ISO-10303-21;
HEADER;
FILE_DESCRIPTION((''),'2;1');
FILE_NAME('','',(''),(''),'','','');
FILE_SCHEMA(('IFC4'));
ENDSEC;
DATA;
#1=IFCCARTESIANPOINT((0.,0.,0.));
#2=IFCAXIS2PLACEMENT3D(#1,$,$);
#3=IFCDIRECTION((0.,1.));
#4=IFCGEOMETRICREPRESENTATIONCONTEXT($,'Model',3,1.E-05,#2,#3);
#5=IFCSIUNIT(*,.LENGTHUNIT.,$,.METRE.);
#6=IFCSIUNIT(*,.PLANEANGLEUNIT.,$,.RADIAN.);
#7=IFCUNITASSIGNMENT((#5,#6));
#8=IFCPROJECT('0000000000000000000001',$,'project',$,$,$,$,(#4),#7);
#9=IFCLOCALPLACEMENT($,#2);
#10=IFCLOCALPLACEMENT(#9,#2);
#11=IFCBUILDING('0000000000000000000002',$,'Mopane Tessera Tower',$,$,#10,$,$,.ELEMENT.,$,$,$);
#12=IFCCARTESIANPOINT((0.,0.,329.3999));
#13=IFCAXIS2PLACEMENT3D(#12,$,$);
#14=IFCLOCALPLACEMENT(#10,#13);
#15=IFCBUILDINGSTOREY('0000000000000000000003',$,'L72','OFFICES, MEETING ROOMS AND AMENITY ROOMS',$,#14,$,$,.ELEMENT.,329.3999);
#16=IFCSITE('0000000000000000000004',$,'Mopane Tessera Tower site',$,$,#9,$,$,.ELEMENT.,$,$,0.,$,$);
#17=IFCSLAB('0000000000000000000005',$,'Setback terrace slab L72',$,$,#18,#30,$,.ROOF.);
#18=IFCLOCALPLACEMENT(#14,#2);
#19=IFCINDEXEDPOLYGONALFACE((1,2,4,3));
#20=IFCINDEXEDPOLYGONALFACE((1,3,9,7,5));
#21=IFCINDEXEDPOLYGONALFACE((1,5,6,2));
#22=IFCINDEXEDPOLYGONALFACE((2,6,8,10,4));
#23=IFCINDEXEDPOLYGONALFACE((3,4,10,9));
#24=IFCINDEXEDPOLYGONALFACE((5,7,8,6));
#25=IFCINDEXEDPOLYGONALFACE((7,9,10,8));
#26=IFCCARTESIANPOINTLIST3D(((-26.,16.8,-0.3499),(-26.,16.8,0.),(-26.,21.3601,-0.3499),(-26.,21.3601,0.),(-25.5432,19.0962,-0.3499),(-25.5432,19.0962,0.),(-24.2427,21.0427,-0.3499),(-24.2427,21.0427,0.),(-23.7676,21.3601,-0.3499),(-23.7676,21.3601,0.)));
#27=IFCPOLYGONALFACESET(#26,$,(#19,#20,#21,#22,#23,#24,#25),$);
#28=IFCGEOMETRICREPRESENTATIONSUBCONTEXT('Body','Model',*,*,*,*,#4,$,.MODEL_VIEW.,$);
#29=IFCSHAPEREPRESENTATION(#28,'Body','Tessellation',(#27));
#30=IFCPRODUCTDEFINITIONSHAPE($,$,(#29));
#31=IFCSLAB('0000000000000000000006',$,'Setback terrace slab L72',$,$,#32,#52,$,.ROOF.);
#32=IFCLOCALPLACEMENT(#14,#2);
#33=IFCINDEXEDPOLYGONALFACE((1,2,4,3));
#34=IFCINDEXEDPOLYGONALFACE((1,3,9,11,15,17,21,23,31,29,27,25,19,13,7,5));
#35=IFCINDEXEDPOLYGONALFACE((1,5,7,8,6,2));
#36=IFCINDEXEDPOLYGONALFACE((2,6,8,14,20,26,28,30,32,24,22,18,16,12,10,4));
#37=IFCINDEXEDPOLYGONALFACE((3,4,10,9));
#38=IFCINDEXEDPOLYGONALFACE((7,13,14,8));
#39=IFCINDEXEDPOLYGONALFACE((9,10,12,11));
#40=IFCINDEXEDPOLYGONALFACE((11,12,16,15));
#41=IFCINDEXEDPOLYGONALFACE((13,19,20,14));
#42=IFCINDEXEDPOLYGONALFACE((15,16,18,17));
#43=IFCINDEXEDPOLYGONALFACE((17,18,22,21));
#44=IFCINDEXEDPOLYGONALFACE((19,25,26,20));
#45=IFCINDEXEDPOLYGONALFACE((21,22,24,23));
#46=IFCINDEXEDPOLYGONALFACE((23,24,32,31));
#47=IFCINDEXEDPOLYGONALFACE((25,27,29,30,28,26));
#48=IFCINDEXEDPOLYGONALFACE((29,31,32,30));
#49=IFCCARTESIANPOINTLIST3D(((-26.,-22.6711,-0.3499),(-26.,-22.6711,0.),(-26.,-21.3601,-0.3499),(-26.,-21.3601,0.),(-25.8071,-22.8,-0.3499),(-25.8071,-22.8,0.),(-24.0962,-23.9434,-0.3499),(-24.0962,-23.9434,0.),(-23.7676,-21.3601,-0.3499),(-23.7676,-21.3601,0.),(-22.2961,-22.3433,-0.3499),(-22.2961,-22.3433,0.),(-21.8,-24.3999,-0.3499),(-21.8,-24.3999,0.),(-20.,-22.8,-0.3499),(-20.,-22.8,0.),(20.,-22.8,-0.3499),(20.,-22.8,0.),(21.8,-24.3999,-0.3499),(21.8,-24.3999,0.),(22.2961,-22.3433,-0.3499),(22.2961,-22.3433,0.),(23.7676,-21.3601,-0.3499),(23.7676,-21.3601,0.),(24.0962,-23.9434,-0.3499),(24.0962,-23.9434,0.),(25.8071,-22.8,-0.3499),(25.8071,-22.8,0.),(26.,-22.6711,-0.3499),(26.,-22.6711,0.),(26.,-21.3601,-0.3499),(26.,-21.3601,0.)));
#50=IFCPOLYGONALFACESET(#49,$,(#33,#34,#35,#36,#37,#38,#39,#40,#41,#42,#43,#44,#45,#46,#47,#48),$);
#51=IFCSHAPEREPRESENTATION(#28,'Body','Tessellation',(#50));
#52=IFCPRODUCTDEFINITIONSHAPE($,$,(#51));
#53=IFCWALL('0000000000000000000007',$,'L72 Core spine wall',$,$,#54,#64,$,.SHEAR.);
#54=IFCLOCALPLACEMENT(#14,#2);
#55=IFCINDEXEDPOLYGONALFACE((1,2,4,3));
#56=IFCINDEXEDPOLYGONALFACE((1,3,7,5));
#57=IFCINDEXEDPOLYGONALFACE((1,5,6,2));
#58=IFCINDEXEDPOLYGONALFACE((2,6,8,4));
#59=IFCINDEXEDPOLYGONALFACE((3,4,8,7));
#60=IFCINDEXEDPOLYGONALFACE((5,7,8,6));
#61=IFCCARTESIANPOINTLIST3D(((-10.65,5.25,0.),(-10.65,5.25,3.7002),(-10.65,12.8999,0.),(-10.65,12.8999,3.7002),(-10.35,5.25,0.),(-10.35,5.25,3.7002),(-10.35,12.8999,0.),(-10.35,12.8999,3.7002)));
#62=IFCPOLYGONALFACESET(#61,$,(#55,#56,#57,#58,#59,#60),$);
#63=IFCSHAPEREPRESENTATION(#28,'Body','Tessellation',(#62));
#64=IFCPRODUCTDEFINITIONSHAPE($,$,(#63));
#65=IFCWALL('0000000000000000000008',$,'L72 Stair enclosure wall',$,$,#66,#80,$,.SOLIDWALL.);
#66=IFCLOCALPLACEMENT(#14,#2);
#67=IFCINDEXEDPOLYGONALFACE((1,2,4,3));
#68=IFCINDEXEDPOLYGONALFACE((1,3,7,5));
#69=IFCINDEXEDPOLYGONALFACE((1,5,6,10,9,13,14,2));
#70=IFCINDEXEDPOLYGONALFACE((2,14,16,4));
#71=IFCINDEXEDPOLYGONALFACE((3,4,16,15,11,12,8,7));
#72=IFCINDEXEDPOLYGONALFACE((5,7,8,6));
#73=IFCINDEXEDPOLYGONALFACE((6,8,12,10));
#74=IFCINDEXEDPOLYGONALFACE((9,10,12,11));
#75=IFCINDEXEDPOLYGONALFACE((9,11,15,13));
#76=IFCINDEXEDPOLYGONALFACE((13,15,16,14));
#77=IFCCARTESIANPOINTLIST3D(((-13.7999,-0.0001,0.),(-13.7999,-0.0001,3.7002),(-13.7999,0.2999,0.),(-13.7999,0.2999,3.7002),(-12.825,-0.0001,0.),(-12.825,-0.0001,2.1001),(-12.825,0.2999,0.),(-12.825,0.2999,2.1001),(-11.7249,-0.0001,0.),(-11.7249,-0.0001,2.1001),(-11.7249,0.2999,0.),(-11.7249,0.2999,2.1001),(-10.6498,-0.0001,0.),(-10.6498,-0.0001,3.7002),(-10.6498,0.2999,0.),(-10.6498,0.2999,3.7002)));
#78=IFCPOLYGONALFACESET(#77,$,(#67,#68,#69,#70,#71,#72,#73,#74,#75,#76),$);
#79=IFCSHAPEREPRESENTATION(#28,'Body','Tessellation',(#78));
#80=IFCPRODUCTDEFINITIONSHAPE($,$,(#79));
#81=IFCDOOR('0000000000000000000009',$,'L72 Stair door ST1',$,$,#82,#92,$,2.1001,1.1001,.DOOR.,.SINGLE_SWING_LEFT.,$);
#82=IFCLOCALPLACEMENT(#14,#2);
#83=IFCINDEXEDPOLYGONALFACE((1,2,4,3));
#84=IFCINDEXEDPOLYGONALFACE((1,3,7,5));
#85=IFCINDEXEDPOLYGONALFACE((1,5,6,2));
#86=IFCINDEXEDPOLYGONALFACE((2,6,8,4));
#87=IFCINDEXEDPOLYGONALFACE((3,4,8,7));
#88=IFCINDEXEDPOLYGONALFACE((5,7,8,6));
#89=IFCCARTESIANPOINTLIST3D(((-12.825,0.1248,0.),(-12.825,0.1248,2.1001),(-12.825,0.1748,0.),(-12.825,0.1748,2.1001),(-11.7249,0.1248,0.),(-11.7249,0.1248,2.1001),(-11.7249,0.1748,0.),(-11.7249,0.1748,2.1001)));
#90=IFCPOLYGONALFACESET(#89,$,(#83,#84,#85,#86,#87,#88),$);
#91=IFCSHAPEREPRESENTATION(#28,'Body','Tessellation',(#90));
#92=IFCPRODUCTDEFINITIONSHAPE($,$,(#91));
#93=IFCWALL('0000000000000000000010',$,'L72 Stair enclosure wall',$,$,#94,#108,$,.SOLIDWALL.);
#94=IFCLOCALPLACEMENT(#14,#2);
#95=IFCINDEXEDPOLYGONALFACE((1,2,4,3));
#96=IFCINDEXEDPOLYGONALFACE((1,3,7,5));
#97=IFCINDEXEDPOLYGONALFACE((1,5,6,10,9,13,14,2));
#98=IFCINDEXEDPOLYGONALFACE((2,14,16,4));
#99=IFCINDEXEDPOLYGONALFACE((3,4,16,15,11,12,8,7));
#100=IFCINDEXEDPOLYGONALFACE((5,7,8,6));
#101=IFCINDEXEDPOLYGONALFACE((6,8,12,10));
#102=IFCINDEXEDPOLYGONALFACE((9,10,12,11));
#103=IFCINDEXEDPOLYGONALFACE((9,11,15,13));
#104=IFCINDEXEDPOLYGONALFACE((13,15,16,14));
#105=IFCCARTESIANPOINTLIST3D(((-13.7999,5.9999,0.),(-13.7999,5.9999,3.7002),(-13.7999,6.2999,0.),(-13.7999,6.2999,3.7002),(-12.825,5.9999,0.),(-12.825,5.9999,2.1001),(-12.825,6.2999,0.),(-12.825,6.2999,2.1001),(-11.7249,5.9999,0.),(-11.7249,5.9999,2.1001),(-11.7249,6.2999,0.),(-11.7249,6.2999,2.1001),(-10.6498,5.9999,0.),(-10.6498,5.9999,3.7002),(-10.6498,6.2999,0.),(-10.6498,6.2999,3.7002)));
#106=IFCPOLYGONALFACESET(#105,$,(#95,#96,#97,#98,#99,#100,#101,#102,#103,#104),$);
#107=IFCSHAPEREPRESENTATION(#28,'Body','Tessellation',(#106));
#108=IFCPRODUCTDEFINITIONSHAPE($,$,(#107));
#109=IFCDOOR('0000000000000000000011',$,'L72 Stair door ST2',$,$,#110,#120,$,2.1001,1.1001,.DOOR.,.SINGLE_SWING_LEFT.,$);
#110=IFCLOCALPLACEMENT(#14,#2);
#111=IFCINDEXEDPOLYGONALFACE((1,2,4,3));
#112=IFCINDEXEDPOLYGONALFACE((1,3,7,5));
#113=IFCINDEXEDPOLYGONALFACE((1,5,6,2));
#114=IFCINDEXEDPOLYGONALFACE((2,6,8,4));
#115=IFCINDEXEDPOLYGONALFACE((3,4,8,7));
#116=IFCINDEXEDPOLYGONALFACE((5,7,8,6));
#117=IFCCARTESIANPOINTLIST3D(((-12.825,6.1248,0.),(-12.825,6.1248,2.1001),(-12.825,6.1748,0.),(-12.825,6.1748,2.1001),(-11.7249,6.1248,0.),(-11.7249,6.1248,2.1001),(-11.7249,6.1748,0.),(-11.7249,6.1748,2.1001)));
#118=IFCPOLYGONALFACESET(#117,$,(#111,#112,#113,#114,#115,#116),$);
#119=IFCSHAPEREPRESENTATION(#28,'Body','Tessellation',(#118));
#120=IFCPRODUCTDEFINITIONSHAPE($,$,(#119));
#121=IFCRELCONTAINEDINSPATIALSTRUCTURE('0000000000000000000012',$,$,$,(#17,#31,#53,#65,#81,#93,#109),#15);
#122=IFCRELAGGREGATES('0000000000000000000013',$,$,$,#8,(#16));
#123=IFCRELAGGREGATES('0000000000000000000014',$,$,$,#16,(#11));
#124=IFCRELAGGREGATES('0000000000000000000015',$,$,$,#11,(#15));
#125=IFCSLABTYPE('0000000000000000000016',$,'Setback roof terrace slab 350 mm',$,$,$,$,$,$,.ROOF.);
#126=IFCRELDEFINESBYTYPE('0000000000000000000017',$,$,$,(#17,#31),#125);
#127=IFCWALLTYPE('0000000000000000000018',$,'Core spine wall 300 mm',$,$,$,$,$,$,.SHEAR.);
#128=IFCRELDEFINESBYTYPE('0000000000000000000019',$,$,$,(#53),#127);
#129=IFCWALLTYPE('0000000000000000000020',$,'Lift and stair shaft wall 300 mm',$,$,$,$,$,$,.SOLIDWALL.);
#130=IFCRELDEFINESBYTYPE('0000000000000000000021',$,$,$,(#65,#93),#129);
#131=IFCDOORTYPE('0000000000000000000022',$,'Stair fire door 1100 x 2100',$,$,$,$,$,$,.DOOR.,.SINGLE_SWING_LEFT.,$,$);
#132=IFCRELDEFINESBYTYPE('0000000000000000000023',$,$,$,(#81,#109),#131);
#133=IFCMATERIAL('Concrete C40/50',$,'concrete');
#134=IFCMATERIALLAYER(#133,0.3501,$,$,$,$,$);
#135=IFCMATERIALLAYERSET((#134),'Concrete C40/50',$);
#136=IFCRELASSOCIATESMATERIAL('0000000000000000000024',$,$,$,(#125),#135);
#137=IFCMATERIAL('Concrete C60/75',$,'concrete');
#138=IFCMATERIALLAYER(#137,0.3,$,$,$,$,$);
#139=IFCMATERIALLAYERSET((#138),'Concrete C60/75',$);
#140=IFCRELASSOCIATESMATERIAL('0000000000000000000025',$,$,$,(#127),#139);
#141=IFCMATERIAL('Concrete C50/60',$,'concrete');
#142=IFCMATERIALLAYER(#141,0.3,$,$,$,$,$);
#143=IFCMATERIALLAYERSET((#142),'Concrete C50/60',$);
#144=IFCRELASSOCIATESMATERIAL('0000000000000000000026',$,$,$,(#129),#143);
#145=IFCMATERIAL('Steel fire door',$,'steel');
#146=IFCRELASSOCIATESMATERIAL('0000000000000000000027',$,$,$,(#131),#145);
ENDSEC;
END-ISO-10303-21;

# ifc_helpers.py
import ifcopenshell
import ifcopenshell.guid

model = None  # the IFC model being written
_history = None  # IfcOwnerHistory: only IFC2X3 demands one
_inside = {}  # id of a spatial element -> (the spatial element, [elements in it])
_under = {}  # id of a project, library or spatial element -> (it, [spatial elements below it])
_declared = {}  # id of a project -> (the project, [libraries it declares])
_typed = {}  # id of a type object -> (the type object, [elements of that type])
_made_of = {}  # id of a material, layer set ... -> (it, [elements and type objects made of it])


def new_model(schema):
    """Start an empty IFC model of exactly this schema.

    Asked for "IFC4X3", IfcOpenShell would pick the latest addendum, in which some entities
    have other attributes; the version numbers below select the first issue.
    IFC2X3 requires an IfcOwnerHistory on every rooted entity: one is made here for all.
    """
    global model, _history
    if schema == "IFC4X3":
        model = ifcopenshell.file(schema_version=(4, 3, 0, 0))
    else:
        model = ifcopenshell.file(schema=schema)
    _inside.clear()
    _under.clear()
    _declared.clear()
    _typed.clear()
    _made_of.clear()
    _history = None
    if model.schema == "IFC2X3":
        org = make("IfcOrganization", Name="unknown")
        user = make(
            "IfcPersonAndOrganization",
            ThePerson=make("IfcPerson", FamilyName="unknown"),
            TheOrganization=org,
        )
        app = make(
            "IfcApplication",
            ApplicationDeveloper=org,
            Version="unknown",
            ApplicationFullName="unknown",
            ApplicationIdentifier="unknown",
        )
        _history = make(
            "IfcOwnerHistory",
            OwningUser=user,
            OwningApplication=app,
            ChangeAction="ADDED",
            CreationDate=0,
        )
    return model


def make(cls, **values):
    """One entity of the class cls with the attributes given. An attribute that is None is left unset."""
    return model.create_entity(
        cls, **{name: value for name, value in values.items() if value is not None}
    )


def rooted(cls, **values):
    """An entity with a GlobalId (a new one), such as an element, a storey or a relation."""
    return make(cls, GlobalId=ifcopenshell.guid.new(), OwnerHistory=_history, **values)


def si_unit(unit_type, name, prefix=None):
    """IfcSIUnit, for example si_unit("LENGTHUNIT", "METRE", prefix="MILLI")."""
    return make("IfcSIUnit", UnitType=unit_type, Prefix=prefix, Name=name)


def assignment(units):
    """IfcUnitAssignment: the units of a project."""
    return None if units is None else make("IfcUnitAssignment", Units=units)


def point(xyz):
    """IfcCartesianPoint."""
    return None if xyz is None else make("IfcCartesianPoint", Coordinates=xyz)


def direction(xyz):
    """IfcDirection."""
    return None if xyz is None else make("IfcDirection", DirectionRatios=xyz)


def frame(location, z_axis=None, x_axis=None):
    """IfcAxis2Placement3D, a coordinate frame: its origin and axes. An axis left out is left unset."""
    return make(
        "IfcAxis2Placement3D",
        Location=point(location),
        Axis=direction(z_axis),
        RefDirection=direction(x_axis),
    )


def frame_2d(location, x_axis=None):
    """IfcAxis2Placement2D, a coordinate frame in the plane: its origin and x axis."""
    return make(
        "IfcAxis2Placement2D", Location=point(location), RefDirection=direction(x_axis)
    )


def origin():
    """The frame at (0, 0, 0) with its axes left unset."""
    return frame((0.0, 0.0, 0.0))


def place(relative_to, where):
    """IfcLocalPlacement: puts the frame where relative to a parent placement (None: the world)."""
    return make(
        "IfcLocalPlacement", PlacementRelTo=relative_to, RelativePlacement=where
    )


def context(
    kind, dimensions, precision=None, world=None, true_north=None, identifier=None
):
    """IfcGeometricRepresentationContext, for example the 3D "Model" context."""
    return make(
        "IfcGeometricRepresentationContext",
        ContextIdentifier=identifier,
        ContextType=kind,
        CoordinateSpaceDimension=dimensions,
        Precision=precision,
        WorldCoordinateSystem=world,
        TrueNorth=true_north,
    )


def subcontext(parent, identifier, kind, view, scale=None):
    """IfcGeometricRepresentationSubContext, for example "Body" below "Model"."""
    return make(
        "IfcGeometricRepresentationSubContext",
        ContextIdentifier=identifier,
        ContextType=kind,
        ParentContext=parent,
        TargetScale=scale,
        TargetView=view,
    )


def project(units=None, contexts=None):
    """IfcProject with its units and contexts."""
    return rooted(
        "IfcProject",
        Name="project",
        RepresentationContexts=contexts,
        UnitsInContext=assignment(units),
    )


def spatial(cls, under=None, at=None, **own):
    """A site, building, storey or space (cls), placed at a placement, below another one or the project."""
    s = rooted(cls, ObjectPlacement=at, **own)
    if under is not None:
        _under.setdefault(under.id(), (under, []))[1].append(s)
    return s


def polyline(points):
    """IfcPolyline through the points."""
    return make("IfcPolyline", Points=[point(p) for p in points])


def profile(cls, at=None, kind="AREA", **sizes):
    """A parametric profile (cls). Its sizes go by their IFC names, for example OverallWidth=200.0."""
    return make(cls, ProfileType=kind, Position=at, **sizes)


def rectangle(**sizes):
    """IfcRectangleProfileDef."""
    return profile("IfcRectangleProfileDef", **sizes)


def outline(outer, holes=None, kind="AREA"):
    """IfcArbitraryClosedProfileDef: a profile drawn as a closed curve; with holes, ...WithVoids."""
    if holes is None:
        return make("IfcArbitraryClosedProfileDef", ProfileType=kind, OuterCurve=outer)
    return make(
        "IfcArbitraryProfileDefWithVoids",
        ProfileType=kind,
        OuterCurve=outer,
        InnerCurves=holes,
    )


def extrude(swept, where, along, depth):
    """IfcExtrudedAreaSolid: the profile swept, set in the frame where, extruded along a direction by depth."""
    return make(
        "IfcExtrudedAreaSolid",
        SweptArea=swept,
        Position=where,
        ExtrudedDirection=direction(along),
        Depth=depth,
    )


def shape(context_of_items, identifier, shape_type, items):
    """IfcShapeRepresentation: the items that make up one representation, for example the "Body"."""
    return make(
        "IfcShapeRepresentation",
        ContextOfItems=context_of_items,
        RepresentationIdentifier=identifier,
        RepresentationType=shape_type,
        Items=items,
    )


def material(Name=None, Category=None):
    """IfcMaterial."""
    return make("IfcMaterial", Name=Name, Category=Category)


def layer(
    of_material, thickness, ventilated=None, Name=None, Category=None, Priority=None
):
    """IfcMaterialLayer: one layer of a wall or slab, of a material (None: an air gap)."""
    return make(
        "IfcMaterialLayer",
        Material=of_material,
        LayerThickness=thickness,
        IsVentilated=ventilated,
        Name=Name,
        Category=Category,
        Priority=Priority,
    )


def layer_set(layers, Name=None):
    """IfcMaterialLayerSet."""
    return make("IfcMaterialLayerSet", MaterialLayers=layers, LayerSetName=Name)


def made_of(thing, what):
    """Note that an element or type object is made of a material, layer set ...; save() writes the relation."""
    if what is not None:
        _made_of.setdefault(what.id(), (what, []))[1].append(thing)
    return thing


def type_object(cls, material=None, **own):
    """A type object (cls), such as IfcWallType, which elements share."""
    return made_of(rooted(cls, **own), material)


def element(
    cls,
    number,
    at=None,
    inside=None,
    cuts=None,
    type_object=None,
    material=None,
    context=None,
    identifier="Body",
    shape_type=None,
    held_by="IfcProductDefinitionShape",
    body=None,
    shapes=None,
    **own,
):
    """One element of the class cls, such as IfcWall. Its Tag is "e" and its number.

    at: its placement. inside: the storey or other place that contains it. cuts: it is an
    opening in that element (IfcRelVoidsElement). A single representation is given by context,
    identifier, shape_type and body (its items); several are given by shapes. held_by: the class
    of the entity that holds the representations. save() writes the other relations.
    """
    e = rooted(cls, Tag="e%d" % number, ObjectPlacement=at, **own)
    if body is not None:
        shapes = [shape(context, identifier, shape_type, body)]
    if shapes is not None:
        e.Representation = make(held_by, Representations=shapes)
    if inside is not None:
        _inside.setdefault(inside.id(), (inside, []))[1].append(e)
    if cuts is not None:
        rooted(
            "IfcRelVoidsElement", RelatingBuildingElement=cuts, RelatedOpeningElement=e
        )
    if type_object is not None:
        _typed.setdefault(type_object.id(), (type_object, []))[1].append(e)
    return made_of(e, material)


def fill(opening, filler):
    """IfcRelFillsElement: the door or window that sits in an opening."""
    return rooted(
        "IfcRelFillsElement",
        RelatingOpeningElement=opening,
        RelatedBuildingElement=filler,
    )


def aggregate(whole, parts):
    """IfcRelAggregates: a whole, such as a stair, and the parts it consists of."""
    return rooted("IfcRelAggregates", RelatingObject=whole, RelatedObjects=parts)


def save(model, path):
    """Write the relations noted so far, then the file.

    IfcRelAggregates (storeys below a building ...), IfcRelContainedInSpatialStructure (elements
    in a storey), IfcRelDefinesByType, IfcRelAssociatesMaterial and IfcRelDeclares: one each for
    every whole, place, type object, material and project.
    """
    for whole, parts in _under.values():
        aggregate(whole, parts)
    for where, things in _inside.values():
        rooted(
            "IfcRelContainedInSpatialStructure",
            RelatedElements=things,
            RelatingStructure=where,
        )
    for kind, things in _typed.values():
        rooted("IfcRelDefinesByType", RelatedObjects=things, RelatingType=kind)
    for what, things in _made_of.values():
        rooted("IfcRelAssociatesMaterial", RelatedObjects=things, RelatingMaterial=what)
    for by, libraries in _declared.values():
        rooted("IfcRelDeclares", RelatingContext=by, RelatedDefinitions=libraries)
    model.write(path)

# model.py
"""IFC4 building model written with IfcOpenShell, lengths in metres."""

from ifc_helpers import new_model, si_unit, direction, frame, frame_2d, origin, place, context, subcontext, project, spatial, polyline, rectangle, outline, extrude, material, layer, layer_set, type_object, element, fill, save


model = new_model("IFC4")

# Units and contexts
model_context = context("Model", 3, precision=1e-05, world=origin(), true_north=direction((0.0, 1.0)))
body_context = subcontext(model_context, "Body", "Model", "MODEL_VIEW")
ifc_project = project(units=[si_unit("LENGTHUNIT", "METRE"), si_unit("PLANEANGLEUNIT", "RADIAN")], contexts=[model_context])

# Site, building, storey
site_placement = place(None, origin())
site = spatial("IfcSite", under=ifc_project, at=site_placement, Name="Mopane Tessera Tower site", CompositionType="ELEMENT", RefElevation=0.0)
building_placement = place(site_placement, origin())
building = spatial("IfcBuilding", under=site, at=building_placement, Name="Mopane Tessera Tower", CompositionType="ELEMENT")
storey_placement = place(building_placement, frame((0.0, 0.0, 329.3999)))
storey = spatial("IfcBuildingStorey", under=building, at=storey_placement, Name="L72", Description="OFFICES, MEETING ROOMS AND AMENITY ROOMS", CompositionType="ELEMENT", Elevation=329.3999)

# Slabs
ifc_material_1 = material(Name="Concrete C40/50", Category="concrete")
ifc_layer_1 = layer(ifc_material_1, 0.3501)
ifc_layer_set_1 = layer_set([ifc_layer_1], Name="Concrete C40/50")
slab_type = type_object("IfcSlabType", Name="Setback roof terrace slab 350 mm", PredefinedType="ROOF", material=ifc_layer_set_1)
slab_1_placement = place(storey_placement, frame((0.0, 0.0, -0.3499)))
element("IfcSlab", 1, at=slab_1_placement, inside=storey, type_object=slab_type, Name="Setback terrace slab L72", PredefinedType="ROOF", context=body_context, shape_type="SweptSolid", body=[
    extrude(outline(polyline([(-23.7676, 21.3601), (-26.0, 21.3601), (-26.0, 16.8), (-25.5432, 19.0962), (-24.2427, 21.0427), (-23.7676, 21.3601)])), origin(), (0.0, 0.0, 1.0), 0.3499),
])
slab_2_placement = place(storey_placement, frame((0.0, 0.0, -0.3499)))
element("IfcSlab", 2, at=slab_2_placement, inside=storey, type_object=slab_type, Name="Setback terrace slab L72", PredefinedType="ROOF", context=body_context, shape_type="SweptSolid", body=[
    extrude(outline(polyline([(-20.0, -22.8), (-22.2961, -22.3433), (-23.7676, -21.3601), (-26.0, -21.3601), (-26.0, -22.6711), (-25.8071, -22.8), (-24.0962, -23.9434), (-21.8, -24.3999), (21.8, -24.3999), (24.0962, -23.9434), (25.8071, -22.8), (26.0, -22.6711), (26.0, -21.3601), (23.7676, -21.3601), (22.2961, -22.3433), (20.0, -22.8), (-20.0, -22.8)])), origin(), (0.0, 0.0, 1.0), 0.3499),
])

# Wall
ifc_material_2 = material(Name="Concrete C60/75", Category="concrete")
ifc_layer_2 = layer(ifc_material_2, 0.3)
ifc_layer_set_2 = layer_set([ifc_layer_2], Name="Concrete C60/75")
wall_type_1 = type_object("IfcWallType", Name="Core spine wall 300 mm", PredefinedType="SHEAR", material=ifc_layer_set_2)
wall_1_placement = place(storey_placement, frame((-10.5, 5.25, 0.0), z_axis=(0.0, 0.0, 1.0), x_axis=(0.0, 1.0, 0.0)))
element("IfcWall", 3, at=wall_1_placement, inside=storey, type_object=wall_type_1, Name="L72 Core spine wall", PredefinedType="SHEAR", context=body_context, shape_type="SweptSolid", body=[
    extrude(rectangle(XDim=7.6499, YDim=0.3, at=frame_2d((3.825, 0.0))), origin(), (0.0, 0.0, 1.0), 3.7002),
])

# Walls, openings, doors
ifc_material_3 = material(Name="Concrete C50/60", Category="concrete")
ifc_layer_3 = layer(ifc_material_3, 0.3)
ifc_layer_set_3 = layer_set([ifc_layer_3], Name="Concrete C50/60")
wall_type_2 = type_object("IfcWallType", Name="Lift and stair shaft wall 300 mm", PredefinedType="SOLIDWALL", material=ifc_layer_set_3)
wall_2_placement = place(storey_placement, frame((-13.8, 0.1499, 0.0), z_axis=(0.0, 0.0, 1.0), x_axis=(1.0, 0.0, 0.0)))
wall_2 = element("IfcWall", 4, at=wall_2_placement, inside=storey, type_object=wall_type_2, Name="L72 Stair enclosure wall", PredefinedType="SOLIDWALL", context=body_context, shape_type="SweptSolid", body=[
    extrude(rectangle(XDim=3.1501, YDim=0.3, at=frame_2d((1.5752, 0.0))), origin(), (0.0, 0.0, 1.0), 3.7002),
])
opening_1_placement = place(wall_2_placement, frame((0.9751, 0.0, 0.0)))
opening_1 = element("IfcOpeningElement", 5, at=opening_1_placement, cuts=wall_2, PredefinedType="OPENING", context=body_context, shape_type="SweptSolid", body=[
    extrude(rectangle(XDim=1.1001, YDim=2.1001, at=frame_2d((0.55, 1.05))), frame((0.0, 0.1621, 0.0), z_axis=(0.0, -1.0, 0.0), x_axis=(1.0, 0.0, 0.0)), (0.0, 0.0, 1.0), 0.324),
])
ifc_material_4 = material(Name="Steel fire door", Category="steel")
door_type_1 = type_object("IfcDoorType", Name="Stair fire door 1100 x 2100", OperationType="SINGLE_SWING_LEFT", PredefinedType="DOOR", material=ifc_material_4)
door_1_placement = place(opening_1_placement, origin())
door_1 = element("IfcDoor", 6, at=door_1_placement, inside=storey, type_object=door_type_1, Name="L72 Stair door ST1", OperationType="SINGLE_SWING_LEFT", OverallHeight=2.1001, OverallWidth=1.1001, PredefinedType="DOOR", context=body_context, shape_type="SweptSolid", body=[
    extrude(rectangle(XDim=1.1001, YDim=2.1001, at=frame_2d((0.55, 1.05))), frame((0.0, 0.0249, 0.0), z_axis=(0.0, -1.0, 0.0), x_axis=(1.0, 0.0, 0.0)), (0.0, 0.0, 1.0), 0.05),
])
fill(opening_1, door_1)
wall_3_placement = place(storey_placement, frame((-13.8, 6.1499, 0.0), z_axis=(0.0, 0.0, 1.0), x_axis=(1.0, 0.0, 0.0)))
wall_3 = element("IfcWall", 7, at=wall_3_placement, inside=storey, type_object=wall_type_2, Name="L72 Stair enclosure wall", PredefinedType="SOLIDWALL", context=body_context, shape_type="SweptSolid", body=[
    extrude(rectangle(XDim=3.1501, YDim=0.3, at=frame_2d((1.5752, 0.0))), origin(), (0.0, 0.0, 1.0), 3.7002),
])
opening_2_placement = place(wall_3_placement, frame((0.9751, 0.0, 0.0)))
opening_2 = element("IfcOpeningElement", 8, at=opening_2_placement, cuts=wall_3, PredefinedType="OPENING", context=body_context, shape_type="SweptSolid", body=[
    extrude(rectangle(XDim=1.1001, YDim=2.1001, at=frame_2d((0.55, 1.05))), frame((0.0, 0.1621, 0.0), z_axis=(0.0, -1.0, 0.0), x_axis=(1.0, 0.0, 0.0)), (0.0, 0.0, 1.0), 0.324),
])
door_2_placement = place(opening_2_placement, origin())
door_2 = element("IfcDoor", 9, at=door_2_placement, inside=storey, type_object=door_type_1, Name="L72 Stair door ST2", OperationType="SINGLE_SWING_LEFT", OverallHeight=2.1001, OverallWidth=1.1001, PredefinedType="DOOR", context=body_context, shape_type="SweptSolid", body=[
    extrude(rectangle(XDim=1.1001, YDim=2.1001, at=frame_2d((0.55, 1.05))), frame((0.0, 0.0249, 0.0), z_axis=(0.0, -1.0, 0.0), x_axis=(1.0, 0.0, 0.0)), (0.0, 0.0, 1.0), 0.05),
])
fill(opening_2, door_2)

save(model, "model.ifc")
